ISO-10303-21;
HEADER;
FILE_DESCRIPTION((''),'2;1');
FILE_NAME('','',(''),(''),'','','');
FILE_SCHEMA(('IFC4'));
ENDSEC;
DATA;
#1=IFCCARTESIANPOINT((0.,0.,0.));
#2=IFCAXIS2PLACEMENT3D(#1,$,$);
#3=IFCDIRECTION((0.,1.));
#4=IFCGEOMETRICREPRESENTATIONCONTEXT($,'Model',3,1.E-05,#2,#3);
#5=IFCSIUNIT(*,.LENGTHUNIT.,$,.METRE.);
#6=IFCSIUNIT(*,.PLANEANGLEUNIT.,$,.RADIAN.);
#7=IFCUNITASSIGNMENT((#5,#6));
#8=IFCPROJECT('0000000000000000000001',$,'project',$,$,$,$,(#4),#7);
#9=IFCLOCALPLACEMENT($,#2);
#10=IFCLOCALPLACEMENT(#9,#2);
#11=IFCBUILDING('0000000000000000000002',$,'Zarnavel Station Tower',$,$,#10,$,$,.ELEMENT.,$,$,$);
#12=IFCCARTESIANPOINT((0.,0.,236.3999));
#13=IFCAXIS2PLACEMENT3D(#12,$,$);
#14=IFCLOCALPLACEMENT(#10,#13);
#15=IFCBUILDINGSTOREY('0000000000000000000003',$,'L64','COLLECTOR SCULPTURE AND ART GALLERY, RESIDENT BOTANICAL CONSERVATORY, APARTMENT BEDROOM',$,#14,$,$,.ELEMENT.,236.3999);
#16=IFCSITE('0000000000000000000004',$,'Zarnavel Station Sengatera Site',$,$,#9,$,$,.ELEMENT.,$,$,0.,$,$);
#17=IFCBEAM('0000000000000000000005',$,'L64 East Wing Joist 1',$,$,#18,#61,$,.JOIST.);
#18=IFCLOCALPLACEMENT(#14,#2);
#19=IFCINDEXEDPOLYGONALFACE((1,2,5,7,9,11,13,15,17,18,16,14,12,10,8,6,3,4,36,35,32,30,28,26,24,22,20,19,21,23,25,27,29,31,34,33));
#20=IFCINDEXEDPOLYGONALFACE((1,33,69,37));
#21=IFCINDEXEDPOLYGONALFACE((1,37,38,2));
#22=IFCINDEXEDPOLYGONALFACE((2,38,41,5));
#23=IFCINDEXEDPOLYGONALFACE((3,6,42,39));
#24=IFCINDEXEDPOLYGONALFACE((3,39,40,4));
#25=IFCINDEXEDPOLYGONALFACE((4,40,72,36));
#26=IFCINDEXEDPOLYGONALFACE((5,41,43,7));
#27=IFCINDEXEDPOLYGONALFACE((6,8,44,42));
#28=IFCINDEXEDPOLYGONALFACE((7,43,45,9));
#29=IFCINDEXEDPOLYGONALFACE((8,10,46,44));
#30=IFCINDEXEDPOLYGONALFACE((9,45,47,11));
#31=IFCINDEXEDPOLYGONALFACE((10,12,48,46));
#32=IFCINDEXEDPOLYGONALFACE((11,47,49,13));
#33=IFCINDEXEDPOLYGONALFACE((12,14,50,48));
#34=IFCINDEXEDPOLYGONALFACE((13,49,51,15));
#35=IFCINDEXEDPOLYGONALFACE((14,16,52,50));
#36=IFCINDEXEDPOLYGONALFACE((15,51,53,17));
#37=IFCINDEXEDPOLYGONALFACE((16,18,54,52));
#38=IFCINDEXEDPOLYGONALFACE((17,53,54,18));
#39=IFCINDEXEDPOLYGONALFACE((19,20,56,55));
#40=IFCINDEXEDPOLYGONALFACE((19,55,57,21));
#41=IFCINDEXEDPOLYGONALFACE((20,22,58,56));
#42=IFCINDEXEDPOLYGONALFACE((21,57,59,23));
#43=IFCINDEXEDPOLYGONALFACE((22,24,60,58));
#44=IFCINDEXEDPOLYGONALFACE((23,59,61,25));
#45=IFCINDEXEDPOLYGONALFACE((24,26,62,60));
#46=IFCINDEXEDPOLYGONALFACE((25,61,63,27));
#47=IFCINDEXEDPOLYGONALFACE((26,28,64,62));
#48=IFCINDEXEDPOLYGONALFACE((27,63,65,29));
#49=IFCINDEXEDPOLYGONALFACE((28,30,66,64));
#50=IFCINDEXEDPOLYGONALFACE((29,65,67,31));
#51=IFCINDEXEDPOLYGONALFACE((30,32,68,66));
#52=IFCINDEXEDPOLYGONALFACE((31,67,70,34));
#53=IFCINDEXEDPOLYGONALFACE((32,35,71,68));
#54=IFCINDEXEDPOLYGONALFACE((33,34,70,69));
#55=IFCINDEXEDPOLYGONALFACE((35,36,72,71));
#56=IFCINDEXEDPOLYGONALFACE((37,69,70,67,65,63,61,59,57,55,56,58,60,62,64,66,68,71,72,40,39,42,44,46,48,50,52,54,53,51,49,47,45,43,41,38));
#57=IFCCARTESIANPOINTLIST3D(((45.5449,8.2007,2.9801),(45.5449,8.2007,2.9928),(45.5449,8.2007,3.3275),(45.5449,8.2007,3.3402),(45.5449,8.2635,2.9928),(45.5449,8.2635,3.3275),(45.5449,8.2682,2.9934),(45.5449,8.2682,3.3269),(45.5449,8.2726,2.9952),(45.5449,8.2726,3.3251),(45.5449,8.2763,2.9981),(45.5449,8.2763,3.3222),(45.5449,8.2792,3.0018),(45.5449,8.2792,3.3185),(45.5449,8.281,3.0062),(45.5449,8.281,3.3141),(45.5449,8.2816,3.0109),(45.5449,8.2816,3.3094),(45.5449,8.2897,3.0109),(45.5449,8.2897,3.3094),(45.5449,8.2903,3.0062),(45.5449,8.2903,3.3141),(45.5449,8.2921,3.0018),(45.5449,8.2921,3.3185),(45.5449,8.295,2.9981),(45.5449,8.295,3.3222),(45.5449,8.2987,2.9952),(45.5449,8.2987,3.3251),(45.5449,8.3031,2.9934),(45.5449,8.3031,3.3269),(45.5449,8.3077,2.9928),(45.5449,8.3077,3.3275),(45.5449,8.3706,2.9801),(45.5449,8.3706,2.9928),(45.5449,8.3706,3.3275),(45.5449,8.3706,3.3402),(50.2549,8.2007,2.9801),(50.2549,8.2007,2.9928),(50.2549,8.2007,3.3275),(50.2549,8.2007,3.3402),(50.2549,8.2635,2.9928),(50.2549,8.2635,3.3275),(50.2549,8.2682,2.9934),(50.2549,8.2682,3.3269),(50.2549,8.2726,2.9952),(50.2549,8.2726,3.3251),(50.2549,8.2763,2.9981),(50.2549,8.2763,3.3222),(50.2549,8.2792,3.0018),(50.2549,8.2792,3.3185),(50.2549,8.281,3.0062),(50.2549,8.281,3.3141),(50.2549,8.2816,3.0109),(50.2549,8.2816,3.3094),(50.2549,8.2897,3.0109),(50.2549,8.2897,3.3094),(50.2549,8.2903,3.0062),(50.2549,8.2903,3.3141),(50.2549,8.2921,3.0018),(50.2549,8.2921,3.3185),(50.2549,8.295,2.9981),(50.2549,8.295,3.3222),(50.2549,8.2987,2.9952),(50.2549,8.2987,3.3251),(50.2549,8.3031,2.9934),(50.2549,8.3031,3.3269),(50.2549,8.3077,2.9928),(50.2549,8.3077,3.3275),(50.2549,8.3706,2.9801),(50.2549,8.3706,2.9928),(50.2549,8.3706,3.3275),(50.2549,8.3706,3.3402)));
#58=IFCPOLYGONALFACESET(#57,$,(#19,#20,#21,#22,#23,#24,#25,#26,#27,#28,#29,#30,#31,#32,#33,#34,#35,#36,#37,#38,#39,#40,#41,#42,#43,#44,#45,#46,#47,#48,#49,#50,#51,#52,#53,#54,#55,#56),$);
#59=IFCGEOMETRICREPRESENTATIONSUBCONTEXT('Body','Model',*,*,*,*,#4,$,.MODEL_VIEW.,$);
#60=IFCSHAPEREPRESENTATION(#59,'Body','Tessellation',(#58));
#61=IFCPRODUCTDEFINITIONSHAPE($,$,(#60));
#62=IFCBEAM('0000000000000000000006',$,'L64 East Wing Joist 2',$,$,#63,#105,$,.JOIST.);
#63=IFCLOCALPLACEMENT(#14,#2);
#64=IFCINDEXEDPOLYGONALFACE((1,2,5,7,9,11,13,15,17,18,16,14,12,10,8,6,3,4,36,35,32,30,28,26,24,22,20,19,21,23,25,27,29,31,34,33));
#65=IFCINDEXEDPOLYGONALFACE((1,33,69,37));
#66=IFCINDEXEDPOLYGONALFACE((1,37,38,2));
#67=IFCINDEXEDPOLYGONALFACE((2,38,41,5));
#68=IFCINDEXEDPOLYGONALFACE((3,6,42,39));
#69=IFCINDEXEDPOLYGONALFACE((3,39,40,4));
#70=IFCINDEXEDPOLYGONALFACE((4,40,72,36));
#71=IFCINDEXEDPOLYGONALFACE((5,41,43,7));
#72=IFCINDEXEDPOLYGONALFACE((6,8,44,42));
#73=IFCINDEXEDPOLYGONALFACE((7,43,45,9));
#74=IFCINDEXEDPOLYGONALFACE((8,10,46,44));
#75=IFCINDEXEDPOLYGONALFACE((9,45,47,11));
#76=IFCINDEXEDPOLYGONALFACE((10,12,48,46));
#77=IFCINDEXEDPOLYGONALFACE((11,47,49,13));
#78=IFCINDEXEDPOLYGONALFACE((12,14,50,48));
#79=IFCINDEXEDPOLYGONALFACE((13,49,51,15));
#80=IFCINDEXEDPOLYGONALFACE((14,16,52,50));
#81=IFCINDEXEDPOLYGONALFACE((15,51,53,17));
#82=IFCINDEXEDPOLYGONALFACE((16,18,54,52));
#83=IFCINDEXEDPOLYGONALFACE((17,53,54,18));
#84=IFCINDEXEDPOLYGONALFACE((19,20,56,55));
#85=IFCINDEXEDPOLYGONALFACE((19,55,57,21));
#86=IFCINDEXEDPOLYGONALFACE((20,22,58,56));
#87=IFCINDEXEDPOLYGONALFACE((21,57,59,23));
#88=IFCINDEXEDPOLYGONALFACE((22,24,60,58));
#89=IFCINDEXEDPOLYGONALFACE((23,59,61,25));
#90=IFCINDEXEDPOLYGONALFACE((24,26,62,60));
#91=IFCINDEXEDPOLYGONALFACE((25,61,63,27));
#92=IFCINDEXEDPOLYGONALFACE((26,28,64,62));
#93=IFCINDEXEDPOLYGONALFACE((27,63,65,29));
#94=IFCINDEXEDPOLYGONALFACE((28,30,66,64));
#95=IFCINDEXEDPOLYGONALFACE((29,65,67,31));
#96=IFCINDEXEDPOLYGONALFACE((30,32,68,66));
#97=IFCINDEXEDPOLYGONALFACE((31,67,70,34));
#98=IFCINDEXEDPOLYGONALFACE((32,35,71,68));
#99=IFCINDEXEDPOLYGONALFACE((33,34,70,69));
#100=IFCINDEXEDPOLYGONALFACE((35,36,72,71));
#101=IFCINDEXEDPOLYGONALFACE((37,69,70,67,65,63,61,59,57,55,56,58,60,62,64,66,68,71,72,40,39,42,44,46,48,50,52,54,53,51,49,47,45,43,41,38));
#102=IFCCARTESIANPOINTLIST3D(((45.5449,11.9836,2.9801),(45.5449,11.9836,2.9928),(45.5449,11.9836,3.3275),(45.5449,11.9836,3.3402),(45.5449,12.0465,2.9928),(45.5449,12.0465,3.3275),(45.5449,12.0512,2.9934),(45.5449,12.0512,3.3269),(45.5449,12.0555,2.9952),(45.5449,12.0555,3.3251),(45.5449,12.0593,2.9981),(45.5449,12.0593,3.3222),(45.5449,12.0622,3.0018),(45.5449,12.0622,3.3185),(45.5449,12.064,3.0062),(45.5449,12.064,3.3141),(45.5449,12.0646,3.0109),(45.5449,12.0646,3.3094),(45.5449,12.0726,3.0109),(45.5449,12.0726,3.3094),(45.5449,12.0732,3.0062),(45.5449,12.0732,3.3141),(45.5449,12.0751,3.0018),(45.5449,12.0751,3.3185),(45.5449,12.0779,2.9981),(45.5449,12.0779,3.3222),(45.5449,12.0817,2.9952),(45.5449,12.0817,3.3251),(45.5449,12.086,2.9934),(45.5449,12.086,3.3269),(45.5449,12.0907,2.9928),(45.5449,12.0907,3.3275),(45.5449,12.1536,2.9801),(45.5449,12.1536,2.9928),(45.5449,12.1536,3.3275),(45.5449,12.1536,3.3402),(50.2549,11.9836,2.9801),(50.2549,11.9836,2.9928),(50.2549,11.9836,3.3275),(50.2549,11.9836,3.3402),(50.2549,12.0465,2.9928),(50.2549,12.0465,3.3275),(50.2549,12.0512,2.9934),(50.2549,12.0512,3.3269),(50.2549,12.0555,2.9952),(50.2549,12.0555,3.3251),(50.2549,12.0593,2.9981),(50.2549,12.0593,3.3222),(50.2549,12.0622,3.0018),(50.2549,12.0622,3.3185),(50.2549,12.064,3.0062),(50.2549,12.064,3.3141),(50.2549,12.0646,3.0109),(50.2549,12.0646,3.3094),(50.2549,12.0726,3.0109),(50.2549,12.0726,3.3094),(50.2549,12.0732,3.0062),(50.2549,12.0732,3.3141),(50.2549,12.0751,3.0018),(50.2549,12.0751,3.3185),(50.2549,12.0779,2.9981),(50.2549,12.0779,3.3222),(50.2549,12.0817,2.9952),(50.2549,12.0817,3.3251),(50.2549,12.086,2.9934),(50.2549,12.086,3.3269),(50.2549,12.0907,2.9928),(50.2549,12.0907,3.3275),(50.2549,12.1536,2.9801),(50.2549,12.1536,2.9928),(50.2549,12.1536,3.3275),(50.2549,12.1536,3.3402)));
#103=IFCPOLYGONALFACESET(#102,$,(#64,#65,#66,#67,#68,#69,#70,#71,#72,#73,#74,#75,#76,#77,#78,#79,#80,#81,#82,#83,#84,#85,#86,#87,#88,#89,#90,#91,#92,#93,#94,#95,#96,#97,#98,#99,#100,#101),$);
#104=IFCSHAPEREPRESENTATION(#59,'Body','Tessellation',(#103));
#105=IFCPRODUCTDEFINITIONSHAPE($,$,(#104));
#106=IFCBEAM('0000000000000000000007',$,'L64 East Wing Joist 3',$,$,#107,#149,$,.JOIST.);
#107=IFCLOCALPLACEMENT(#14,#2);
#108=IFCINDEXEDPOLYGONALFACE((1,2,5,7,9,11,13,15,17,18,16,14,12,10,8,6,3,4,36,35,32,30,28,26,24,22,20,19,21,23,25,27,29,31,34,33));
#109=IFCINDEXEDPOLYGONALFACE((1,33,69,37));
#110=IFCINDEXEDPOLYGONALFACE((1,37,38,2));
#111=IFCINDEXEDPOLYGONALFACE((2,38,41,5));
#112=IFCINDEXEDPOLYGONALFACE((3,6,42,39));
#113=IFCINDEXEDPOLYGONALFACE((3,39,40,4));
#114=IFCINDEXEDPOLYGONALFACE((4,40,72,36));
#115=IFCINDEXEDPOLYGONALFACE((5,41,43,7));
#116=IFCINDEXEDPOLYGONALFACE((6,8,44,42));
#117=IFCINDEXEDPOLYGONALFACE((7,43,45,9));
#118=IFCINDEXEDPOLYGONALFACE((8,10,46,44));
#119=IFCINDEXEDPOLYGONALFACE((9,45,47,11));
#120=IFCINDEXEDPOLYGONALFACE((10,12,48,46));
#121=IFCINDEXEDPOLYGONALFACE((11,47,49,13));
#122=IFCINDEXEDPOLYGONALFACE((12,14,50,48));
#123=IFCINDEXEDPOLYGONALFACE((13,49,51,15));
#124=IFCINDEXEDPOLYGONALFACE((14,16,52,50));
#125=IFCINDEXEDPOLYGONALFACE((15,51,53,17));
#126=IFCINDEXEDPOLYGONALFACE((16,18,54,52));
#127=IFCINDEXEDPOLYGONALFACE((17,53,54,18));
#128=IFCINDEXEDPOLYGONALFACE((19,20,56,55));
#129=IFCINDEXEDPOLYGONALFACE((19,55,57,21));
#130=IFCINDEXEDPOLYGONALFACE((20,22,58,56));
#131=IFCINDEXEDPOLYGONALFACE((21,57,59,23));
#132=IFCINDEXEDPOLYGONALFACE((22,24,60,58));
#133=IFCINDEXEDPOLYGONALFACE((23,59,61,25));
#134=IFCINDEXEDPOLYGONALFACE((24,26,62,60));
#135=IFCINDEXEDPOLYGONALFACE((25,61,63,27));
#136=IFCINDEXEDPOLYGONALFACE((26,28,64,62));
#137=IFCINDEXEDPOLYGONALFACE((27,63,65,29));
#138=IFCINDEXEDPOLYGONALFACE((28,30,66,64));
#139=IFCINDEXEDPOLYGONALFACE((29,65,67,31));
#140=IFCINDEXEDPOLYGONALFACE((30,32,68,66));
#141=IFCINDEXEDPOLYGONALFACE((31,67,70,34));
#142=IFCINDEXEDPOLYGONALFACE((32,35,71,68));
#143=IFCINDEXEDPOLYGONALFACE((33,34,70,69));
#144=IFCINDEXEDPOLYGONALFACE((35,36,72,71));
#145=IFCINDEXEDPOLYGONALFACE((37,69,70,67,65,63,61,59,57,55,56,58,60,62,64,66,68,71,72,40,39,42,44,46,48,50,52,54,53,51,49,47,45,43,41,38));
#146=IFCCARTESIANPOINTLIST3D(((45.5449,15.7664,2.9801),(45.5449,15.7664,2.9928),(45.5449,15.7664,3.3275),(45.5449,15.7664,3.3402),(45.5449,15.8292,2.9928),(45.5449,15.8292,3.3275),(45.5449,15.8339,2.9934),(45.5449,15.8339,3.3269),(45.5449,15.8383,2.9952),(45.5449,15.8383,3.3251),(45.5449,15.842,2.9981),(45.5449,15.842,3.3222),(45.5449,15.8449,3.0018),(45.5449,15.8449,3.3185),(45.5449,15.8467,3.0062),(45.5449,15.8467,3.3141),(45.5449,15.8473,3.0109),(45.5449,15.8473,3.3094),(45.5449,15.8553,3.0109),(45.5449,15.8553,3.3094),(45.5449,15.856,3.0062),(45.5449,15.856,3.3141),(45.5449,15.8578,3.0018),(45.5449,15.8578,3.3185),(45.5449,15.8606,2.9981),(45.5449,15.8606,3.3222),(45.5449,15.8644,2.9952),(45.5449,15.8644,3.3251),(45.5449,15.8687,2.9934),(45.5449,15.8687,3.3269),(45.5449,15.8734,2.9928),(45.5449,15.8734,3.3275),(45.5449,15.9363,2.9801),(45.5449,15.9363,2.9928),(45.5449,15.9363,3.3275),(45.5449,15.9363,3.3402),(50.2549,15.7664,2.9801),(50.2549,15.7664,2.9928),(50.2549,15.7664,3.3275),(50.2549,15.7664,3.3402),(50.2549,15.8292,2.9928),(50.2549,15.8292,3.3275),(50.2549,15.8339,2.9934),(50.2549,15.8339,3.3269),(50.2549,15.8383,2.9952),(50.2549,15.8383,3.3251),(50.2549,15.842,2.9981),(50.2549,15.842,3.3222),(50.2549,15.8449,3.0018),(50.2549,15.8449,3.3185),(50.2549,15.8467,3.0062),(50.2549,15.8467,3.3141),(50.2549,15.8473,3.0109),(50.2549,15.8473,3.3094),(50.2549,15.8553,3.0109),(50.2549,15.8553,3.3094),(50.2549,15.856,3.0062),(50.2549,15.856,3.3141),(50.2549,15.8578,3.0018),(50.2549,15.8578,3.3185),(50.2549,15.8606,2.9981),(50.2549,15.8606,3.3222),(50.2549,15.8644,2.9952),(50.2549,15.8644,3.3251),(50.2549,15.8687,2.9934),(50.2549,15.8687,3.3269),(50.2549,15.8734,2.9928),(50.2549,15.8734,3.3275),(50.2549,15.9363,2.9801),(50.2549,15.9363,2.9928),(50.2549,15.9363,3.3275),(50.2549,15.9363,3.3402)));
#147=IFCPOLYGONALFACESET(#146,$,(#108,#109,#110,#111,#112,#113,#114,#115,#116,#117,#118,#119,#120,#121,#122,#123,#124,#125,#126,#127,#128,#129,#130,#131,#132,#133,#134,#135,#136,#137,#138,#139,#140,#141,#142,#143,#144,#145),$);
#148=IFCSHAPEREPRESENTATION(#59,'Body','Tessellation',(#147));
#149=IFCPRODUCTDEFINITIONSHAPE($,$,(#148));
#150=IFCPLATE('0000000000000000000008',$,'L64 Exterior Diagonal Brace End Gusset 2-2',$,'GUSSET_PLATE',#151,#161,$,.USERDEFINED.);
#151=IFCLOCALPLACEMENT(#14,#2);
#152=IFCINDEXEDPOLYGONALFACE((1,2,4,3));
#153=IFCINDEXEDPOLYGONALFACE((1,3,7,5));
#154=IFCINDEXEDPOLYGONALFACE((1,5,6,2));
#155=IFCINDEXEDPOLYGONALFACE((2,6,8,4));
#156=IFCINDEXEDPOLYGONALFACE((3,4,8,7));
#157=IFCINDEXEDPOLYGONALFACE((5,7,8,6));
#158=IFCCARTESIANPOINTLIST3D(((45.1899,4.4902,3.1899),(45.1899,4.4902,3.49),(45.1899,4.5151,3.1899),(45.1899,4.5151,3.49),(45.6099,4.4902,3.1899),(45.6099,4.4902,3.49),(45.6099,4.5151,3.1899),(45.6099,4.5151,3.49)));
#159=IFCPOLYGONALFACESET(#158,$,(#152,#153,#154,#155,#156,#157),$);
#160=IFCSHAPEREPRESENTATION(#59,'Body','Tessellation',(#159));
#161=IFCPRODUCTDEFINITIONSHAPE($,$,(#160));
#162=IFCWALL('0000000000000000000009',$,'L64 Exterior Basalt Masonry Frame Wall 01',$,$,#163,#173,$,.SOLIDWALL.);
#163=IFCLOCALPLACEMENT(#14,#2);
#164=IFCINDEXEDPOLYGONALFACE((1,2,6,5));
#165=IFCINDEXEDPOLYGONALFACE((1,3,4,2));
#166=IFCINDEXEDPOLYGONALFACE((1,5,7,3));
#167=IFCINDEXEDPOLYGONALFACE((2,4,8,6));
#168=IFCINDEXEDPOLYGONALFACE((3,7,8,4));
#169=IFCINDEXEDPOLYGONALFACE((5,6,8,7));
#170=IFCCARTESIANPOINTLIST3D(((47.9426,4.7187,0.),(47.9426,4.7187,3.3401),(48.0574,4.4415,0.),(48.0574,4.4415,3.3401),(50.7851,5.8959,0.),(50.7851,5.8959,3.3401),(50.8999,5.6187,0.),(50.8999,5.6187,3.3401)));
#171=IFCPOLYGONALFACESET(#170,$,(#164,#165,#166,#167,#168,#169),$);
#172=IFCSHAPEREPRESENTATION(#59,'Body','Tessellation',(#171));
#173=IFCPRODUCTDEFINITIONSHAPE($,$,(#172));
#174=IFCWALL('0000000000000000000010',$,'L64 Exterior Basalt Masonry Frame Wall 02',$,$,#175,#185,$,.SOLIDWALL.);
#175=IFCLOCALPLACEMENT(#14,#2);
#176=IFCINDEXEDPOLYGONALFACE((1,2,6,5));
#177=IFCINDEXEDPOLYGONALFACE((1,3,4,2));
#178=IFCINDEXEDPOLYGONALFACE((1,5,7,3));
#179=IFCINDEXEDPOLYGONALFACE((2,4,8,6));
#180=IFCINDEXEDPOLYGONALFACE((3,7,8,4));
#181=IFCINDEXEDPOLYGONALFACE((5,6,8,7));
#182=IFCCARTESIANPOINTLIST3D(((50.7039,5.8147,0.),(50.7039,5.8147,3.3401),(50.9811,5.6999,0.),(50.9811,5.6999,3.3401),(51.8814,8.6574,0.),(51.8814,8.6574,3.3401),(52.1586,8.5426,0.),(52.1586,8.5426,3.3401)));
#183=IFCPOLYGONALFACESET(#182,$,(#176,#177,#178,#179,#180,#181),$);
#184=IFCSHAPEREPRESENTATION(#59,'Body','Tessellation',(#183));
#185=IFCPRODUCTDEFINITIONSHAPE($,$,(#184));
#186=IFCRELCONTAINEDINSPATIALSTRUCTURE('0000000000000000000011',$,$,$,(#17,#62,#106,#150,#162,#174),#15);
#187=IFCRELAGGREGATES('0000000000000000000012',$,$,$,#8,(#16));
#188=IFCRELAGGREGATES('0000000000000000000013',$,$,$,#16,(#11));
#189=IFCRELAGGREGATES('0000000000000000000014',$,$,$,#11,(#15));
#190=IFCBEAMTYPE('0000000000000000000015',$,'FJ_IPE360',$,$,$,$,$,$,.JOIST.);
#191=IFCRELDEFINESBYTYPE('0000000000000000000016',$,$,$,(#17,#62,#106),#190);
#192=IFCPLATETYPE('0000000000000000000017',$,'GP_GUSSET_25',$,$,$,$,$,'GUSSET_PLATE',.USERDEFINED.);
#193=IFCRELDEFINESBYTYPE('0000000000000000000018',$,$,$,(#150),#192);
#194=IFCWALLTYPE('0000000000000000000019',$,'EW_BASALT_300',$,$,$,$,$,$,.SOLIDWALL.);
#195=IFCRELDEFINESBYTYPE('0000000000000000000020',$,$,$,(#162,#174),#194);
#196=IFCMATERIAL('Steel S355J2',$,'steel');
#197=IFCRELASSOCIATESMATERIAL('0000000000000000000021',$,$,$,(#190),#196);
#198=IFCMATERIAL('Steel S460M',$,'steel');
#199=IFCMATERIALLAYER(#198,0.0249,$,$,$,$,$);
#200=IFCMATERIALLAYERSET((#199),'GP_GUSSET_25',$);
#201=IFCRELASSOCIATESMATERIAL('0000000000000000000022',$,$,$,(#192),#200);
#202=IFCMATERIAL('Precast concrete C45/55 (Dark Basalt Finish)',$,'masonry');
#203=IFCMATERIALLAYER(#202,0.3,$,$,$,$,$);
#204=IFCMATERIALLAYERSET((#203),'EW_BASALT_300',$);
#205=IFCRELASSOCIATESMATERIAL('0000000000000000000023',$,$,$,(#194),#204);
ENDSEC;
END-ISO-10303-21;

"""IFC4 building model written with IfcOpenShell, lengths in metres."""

from ifc_helpers import new_model, si_unit, direction, frame, frame_2d, origin, origin_2d, place, context, subcontext, project, spatial, rectangle, i_section, extrude, material, layer, layer_set, material_profile, profile_set, type_object, element, save


model = new_model("IFC4")

# Units and contexts
model_context = context("Model", 3, precision=1e-05, world=origin(), true_north=direction((0.0, 1.0)))
body_context = subcontext(model_context, "Body", "Model", "MODEL_VIEW")
ifc_project = project(units=[si_unit("LENGTHUNIT", "METRE"), si_unit("PLANEANGLEUNIT", "RADIAN")], contexts=[model_context])

# Site, building, storey
site_placement = place(None, origin())
site = spatial("IfcSite", under=ifc_project, at=site_placement, Name="Zarnavel Station Sengatera Site", CompositionType="ELEMENT", RefElevation=0.0)
building_placement = place(site_placement, origin())
building = spatial("IfcBuilding", under=site, at=building_placement, Name="Zarnavel Station Tower", CompositionType="ELEMENT")
storey_placement = place(building_placement, frame((0.0, 0.0, 236.3999)))
storey = spatial("IfcBuildingStorey", under=building, at=storey_placement, Name="L64", Description="COLLECTOR SCULPTURE AND ART GALLERY, RESIDENT BOTANICAL CONSERVATORY, APARTMENT BEDROOM", CompositionType="ELEMENT", Elevation=236.3999)

# Beams
ifc_material_1 = material(Name="Steel S355J2", Category="steel")
ifc_material_profile_1 = material_profile(ifc_material_1, i_section(OverallWidth=0.1699, OverallDepth=0.3601, WebThickness=0.0081, FlangeThickness=0.0127, FilletRadius=0.0181, at=origin_2d()), Name="IPE360")
ifc_profile_set_1 = profile_set([ifc_material_profile_1], Name="Steel S355J2")
beam_type_1 = type_object("IfcBeamType", Name="FJ_IPE360", PredefinedType="JOIST", material=ifc_profile_set_1)
for number, where, z_axis, x_axis, name in (
    (1, (45.5449, 8.2856, 3.1602), (1.0, 0.0, 0.0), (0.0, 1.0, 0.0), "L64 East Wing Joist 1"),
    (2, (45.5449, 12.0686, 3.1602), (1.0, 0.0, 0.0), (0.0, 1.0, 0.0), "L64 East Wing Joist 2"),
    (3, (45.5449, 15.8513, 3.1602), (1.0, 0.0, 0.0), (0.0, 1.0, 0.0), "L64 East Wing Joist 3"),
):
    element("IfcBeam", number, at=place(storey_placement, frame(where, z_axis=z_axis, x_axis=x_axis)), inside=storey, type_object=beam_type_1, Name=name, PredefinedType="JOIST", context=body_context, shape_type="SweptSolid", body=[
        extrude(i_section(OverallWidth=0.1699, OverallDepth=0.3601, WebThickness=0.0081, FlangeThickness=0.0127, FilletRadius=0.0181, at=origin_2d()), origin(), (0.0, 0.0, 1.0), 4.71),
    ])

# Plate
ifc_material_2 = material(Name="Steel S460M", Category="steel")
ifc_layer_1 = layer(ifc_material_2, 0.0249)
ifc_layer_set_1 = layer_set([ifc_layer_1], Name="GP_GUSSET_25")
plate_type = type_object("IfcPlateType", Name="GP_GUSSET_25", ElementType="GUSSET_PLATE", PredefinedType="USERDEFINED", material=ifc_layer_set_1)
plate_placement = place(storey_placement, frame((45.3999, 4.5027, 3.1899), z_axis=(0.0, 0.0, 1.0), x_axis=(1.0, 0.0, 0.0)))
element("IfcPlate", 4, at=plate_placement, inside=storey, type_object=plate_type, Name="L64 Exterior Diagonal Brace End Gusset 2-2", ObjectType="GUSSET_PLATE", PredefinedType="USERDEFINED", context=body_context, shape_type="SweptSolid", body=[
    extrude(rectangle(XDim=0.4199, YDim=0.0249, at=origin_2d()), origin(), (0.0, 0.0, 1.0), 0.3),
])

# Walls
ifc_material_3 = material(Name="Precast concrete C45/55 (Dark Basalt Finish)", Category="masonry")
ifc_layer_2 = layer(ifc_material_3, 0.3)
ifc_layer_set_2 = layer_set([ifc_layer_2], Name="EW_BASALT_300")
wall_type_1 = type_object("IfcWallType", Name="EW_BASALT_300", PredefinedType="SOLIDWALL", material=ifc_layer_set_2)
wall_1_placement = place(storey_placement, frame((50.8425, 5.7573, 0.0), z_axis=(0.0, 0.0, 1.0), x_axis=(-0.923899, -0.382637, 0.0)))
element("IfcWall", 5, at=wall_1_placement, inside=storey, type_object=wall_type_1, Name="L64 Exterior Basalt Masonry Frame Wall 01", PredefinedType="SOLIDWALL", context=body_context, shape_type="SweptSolid", body=[
    extrude(rectangle(XDim=3.0767, YDim=0.3, at=frame_2d((1.5383, 0.0))), origin(), (0.0, 0.0, 1.0), 3.3401),
])
wall_2_placement = place(storey_placement, frame((52.02, 8.6001, 0.0), z_axis=(0.0, 0.0, 1.0), x_axis=(-0.382676, -0.923882, 0.0)))
element("IfcWall", 6, at=wall_2_placement, inside=storey, type_object=wall_type_1, Name="L64 Exterior Basalt Masonry Frame Wall 02", PredefinedType="SOLIDWALL", context=body_context, shape_type="SweptSolid", body=[
    extrude(rectangle(XDim=3.0769, YDim=0.3, at=frame_2d((1.5386, 0.0))), origin(), (0.0, 0.0, 1.0), 3.3401),
])

save(model, "model.ifc")
